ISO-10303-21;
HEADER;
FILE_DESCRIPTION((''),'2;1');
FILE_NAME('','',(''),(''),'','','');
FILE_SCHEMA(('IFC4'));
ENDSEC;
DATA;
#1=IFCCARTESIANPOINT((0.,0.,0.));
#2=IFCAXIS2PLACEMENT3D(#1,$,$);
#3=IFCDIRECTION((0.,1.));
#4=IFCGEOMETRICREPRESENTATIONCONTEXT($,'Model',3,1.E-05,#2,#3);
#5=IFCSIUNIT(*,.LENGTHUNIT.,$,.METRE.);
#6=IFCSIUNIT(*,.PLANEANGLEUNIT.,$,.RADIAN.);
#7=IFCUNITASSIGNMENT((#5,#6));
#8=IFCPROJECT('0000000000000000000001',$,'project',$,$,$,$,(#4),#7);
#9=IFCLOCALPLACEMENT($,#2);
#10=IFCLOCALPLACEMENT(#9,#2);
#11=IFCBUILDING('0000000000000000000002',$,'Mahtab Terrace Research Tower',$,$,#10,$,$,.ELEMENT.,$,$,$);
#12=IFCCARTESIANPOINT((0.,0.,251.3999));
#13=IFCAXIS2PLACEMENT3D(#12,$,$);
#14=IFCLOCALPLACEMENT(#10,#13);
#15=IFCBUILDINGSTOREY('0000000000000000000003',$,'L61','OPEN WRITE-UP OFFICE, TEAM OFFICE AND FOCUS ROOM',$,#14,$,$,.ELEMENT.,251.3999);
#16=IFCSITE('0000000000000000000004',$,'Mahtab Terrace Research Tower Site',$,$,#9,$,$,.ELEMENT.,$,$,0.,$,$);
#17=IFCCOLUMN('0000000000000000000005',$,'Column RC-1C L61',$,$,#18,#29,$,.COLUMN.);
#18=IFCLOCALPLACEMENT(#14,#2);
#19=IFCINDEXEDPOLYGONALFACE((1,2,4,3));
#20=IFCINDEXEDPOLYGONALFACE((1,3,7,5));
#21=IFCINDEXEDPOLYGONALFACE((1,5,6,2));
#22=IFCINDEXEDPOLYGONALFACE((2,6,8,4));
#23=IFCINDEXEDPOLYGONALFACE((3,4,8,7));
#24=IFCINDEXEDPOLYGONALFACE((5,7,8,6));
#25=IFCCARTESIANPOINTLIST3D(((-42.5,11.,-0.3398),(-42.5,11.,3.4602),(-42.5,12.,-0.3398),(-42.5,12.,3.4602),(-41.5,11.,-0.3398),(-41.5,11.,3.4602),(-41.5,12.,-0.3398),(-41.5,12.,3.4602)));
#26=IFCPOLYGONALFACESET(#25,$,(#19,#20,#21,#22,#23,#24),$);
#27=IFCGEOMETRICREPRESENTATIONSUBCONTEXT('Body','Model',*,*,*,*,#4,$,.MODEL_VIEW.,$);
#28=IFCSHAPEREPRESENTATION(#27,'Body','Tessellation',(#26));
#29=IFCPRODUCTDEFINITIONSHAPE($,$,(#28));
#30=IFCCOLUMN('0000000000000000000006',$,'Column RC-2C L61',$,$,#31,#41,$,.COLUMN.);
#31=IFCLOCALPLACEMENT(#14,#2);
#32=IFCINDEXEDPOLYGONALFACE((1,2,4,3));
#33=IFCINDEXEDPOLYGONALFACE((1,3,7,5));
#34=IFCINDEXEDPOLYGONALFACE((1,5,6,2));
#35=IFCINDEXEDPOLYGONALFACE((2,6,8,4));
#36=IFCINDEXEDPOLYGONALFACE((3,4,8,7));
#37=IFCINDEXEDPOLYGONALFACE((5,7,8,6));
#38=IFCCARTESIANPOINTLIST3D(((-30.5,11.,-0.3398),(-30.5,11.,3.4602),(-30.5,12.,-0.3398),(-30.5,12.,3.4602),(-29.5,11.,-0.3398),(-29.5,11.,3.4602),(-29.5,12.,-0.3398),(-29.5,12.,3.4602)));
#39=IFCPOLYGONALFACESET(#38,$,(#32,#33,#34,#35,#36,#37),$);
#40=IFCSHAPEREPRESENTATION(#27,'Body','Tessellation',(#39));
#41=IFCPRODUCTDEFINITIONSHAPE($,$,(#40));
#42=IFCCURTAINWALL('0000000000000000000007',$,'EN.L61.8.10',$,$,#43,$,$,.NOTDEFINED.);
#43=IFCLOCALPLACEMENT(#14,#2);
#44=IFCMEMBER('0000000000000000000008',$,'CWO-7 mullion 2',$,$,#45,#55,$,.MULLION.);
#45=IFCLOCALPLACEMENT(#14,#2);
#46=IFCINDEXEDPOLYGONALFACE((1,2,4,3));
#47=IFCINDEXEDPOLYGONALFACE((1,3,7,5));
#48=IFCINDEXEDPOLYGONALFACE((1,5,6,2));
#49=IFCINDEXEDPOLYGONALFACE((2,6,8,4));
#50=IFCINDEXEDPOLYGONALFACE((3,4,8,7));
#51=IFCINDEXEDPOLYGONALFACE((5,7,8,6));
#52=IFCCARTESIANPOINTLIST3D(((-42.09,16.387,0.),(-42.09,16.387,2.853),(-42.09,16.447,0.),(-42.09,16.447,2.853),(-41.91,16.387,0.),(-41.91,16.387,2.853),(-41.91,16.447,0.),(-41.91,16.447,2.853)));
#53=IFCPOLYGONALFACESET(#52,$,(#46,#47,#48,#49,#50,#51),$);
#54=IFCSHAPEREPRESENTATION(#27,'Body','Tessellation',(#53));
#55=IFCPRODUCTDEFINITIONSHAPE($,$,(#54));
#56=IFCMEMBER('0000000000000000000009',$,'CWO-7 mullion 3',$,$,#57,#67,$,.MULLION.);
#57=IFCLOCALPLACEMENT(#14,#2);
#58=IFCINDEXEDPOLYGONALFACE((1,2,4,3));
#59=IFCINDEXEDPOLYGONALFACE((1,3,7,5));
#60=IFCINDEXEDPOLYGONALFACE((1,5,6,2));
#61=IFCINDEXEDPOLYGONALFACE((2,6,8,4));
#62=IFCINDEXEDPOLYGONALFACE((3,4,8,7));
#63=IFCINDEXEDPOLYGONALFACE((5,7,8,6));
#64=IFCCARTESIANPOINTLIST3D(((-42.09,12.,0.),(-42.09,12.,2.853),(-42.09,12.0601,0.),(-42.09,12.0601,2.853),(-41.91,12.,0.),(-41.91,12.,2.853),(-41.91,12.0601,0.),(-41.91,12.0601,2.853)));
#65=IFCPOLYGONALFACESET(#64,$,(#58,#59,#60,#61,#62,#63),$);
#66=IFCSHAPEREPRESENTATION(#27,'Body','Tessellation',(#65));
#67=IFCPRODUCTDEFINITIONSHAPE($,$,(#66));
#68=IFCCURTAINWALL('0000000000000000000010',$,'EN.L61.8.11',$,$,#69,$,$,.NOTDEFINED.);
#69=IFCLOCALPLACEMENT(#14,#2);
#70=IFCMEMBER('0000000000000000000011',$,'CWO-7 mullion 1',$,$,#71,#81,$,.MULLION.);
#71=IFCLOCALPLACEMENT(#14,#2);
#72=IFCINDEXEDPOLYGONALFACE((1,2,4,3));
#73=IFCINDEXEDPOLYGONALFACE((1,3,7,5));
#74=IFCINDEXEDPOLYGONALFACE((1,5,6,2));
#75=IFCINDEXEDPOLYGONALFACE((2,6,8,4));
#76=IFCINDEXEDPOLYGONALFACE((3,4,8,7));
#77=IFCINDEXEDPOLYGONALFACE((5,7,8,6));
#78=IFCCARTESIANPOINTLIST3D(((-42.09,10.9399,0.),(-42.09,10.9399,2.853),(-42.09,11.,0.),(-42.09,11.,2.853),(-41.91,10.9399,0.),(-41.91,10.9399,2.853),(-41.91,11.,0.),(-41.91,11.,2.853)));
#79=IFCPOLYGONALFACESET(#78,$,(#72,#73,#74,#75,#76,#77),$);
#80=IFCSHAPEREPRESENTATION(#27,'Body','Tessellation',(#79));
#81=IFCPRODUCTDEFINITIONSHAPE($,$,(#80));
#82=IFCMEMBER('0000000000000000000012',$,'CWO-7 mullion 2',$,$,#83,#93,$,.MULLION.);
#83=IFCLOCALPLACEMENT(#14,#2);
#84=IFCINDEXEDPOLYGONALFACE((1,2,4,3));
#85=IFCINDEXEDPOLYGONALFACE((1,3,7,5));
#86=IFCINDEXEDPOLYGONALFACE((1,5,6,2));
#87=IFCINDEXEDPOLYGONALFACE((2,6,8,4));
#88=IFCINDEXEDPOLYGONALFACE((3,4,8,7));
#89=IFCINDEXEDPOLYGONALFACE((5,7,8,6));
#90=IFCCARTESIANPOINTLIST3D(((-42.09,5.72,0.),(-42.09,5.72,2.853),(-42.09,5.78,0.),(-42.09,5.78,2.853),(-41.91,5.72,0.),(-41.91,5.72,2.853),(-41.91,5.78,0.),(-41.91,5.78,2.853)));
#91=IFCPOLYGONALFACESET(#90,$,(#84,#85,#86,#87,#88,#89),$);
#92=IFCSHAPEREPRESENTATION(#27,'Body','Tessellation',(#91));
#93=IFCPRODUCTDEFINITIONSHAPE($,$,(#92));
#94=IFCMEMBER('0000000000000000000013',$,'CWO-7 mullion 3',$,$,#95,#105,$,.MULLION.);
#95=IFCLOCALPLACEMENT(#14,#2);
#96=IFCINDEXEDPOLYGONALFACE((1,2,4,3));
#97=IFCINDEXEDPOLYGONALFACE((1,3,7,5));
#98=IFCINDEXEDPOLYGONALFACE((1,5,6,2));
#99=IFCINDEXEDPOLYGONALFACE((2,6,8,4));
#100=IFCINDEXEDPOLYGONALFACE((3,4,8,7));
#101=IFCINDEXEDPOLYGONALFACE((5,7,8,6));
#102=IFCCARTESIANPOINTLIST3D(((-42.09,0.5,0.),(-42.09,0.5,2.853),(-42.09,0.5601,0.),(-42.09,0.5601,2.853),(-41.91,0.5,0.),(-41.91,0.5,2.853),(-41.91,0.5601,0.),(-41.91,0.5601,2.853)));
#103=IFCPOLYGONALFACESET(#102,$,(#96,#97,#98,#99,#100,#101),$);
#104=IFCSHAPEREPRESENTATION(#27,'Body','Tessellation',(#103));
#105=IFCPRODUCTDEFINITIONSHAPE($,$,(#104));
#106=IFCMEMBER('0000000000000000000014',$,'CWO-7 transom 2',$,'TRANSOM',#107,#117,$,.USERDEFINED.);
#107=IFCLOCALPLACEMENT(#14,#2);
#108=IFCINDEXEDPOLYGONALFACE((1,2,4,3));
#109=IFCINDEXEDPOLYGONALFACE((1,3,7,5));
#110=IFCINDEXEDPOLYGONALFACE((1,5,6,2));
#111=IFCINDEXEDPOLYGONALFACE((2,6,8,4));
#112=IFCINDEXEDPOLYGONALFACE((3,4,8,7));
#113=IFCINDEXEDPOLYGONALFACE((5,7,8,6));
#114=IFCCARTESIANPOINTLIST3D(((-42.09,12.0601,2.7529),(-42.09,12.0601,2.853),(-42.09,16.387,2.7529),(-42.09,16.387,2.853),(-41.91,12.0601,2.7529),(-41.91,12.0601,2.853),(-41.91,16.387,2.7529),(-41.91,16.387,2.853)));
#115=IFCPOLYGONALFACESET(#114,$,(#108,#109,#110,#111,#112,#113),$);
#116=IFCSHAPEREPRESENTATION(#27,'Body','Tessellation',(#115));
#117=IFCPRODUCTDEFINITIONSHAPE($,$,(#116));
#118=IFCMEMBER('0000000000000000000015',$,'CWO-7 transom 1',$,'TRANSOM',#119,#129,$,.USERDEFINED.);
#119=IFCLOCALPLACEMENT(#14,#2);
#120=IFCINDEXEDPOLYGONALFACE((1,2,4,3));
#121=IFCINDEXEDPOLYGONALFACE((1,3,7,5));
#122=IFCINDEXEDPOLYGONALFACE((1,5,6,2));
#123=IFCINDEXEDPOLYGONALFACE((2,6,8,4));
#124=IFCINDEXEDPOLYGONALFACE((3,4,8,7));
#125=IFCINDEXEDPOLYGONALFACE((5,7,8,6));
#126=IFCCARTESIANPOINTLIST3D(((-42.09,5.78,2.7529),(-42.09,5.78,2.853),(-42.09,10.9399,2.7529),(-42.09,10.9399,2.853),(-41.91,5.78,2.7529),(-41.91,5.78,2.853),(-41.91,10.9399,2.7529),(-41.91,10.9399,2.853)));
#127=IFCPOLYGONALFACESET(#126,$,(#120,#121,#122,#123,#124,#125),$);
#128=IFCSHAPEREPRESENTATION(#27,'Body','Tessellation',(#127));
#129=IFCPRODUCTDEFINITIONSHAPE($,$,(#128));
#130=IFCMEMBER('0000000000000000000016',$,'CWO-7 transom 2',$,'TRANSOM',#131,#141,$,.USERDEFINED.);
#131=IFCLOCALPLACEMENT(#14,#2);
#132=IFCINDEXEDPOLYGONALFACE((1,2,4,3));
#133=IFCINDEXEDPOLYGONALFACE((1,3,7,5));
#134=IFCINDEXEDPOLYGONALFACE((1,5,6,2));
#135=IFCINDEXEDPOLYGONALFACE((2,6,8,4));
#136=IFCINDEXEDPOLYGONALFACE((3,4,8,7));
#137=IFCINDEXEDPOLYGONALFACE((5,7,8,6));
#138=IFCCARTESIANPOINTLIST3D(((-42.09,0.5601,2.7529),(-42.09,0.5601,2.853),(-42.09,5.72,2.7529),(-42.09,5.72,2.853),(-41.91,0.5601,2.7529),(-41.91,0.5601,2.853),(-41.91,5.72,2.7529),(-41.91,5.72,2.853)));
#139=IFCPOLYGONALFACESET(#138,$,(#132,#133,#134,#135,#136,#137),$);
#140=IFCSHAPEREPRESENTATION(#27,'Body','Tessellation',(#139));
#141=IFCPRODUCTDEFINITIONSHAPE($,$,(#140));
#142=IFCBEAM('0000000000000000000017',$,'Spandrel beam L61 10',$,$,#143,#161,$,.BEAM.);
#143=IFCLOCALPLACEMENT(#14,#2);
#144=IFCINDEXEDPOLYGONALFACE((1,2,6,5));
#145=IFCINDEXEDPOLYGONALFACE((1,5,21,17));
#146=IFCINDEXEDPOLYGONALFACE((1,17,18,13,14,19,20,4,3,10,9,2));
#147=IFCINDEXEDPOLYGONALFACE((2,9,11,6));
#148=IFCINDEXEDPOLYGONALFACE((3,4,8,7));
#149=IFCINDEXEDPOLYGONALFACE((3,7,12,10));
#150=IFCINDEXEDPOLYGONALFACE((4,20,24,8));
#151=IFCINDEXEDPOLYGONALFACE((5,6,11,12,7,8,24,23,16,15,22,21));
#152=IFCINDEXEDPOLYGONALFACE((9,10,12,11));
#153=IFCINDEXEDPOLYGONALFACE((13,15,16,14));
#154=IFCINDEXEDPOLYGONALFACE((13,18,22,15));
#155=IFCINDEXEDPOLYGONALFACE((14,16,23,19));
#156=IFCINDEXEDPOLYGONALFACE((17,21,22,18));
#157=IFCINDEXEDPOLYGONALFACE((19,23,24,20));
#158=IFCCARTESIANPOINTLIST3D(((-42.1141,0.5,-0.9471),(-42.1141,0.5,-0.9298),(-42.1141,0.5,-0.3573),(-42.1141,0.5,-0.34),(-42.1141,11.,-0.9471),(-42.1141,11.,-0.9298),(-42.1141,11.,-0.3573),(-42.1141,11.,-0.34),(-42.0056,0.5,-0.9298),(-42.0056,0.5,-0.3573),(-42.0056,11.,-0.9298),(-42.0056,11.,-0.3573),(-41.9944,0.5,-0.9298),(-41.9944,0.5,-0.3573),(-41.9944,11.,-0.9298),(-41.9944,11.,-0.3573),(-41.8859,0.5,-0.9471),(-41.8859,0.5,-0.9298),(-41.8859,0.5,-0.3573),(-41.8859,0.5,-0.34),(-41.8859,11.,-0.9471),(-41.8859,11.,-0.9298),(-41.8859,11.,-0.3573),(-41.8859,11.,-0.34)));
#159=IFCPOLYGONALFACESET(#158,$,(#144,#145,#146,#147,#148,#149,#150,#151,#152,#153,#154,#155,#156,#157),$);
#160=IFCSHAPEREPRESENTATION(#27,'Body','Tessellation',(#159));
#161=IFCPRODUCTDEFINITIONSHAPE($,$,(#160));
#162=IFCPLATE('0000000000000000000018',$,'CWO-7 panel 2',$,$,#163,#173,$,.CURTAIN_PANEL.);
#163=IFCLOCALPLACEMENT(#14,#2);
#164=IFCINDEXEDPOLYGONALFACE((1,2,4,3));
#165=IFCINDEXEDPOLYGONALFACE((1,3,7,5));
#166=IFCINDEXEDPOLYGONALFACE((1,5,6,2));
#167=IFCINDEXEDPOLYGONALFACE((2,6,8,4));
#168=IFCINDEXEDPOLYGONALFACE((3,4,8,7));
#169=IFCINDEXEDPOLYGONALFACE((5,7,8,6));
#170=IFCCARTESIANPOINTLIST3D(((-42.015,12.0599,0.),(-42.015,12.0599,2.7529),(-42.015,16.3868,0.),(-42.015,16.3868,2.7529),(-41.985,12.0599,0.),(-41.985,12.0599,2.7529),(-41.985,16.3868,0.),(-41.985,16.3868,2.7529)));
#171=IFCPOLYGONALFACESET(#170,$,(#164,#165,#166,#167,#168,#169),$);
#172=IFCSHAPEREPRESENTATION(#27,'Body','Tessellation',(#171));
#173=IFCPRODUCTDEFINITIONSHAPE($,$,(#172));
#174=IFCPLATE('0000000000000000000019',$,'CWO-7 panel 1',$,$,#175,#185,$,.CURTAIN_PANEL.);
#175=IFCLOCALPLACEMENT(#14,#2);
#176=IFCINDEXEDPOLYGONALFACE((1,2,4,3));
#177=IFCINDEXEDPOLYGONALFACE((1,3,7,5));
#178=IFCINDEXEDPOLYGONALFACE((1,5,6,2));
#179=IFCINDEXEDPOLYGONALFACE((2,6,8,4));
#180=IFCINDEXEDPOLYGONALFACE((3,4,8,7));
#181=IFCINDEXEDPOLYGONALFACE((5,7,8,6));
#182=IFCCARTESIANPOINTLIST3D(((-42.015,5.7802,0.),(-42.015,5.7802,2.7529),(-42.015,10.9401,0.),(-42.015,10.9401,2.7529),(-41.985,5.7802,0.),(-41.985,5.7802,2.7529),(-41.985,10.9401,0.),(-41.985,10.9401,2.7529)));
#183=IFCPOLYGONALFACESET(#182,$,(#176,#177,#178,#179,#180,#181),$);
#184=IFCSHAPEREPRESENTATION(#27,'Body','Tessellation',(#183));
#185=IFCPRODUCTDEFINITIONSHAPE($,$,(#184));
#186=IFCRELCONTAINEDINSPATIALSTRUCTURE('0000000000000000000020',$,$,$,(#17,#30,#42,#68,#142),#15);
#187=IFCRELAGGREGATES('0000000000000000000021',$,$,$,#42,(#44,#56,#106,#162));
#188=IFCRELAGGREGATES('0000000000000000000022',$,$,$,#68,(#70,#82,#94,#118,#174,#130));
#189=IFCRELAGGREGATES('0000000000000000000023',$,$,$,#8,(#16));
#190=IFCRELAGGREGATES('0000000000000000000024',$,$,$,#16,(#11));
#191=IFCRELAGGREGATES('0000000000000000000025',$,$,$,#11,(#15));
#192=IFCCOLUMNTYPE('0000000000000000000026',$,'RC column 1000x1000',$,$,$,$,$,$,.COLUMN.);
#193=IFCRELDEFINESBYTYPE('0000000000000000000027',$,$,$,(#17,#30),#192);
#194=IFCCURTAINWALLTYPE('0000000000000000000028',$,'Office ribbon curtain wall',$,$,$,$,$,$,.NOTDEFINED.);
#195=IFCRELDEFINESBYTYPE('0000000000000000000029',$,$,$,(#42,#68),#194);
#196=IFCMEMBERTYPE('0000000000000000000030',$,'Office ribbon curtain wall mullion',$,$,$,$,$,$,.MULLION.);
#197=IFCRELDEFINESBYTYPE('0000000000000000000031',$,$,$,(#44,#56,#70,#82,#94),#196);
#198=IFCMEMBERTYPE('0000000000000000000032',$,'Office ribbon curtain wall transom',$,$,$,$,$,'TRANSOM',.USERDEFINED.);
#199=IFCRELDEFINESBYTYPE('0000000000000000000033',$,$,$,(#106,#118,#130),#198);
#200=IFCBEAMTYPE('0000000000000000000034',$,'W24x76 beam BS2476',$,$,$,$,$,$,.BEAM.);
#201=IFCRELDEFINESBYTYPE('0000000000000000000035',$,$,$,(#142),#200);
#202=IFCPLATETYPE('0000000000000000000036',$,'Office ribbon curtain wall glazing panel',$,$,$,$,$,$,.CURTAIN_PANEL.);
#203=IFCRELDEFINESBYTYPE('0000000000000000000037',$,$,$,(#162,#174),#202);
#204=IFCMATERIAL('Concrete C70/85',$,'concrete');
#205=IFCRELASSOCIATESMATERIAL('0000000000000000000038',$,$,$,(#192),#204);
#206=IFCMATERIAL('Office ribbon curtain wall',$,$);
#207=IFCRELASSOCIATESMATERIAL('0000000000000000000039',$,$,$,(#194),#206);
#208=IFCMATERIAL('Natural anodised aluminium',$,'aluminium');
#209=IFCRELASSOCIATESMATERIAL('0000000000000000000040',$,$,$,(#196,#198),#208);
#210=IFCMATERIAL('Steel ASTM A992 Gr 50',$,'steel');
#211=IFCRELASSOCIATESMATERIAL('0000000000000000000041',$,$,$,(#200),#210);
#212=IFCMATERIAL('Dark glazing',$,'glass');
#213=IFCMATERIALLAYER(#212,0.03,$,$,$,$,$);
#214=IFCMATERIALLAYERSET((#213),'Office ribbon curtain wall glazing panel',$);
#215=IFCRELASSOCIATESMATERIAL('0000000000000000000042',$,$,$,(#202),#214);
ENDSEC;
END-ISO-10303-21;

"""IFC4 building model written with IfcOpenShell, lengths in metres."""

from ifc_helpers import new_model, si_unit, direction, frame, origin, origin_2d, place, context, subcontext, project, spatial, rectangle, i_section, extrude, material, layer, layer_set, material_profile, profile_set, type_object, element, aggregate, save


model = new_model("IFC4")

# Units and contexts
model_context = context("Model", 3, precision=1e-05, world=origin(), true_north=direction((0.0, 1.0)))
body_context = subcontext(model_context, "Body", "Model", "MODEL_VIEW")
ifc_project = project(units=[si_unit("LENGTHUNIT", "METRE"), si_unit("PLANEANGLEUNIT", "RADIAN")], contexts=[model_context])

# Site, building, storey
site_placement = place(None, origin())
site = spatial("IfcSite", under=ifc_project, at=site_placement, Name="Mahtab Terrace Research Tower Site", CompositionType="ELEMENT", RefElevation=0.0)
building_placement = place(site_placement, origin())
building = spatial("IfcBuilding", under=site, at=building_placement, Name="Mahtab Terrace Research Tower", CompositionType="ELEMENT")
storey_placement = place(building_placement, frame((0.0, 0.0, 251.3999)))
storey = spatial("IfcBuildingStorey", under=building, at=storey_placement, Name="L61", Description="OPEN WRITE-UP OFFICE, TEAM OFFICE AND FOCUS ROOM", CompositionType="ELEMENT", Elevation=251.3999)

# Columns
ifc_material_1 = material(Name="Concrete C70/85", Category="concrete")
ifc_material_profile_1 = material_profile(ifc_material_1, rectangle(XDim=1.0, YDim=1.0, at=origin_2d()), Name="RC column 1000x1000")
ifc_profile_set_1 = profile_set([ifc_material_profile_1], Name="Concrete C70/85")
column_type = type_object("IfcColumnType", Name="RC column 1000x1000", PredefinedType="COLUMN", material=ifc_profile_set_1)
for number, where, z_axis, x_axis, name in (
    (1, (-42.0, 11.5, -0.3398), (0.0, 0.0, 1.0), (1.0, 0.0, 0.0), "Column RC-1C L61"),
    (2, (-30.0, 11.5, -0.3398), (0.0, 0.0, 1.0), (1.0, 0.0, 0.0), "Column RC-2C L61"),
):
    element("IfcColumn", number, at=place(storey_placement, frame(where, z_axis=z_axis, x_axis=x_axis)), inside=storey, type_object=column_type, Name=name, PredefinedType="COLUMN", context=body_context, shape_type="SweptSolid", body=[
        extrude(rectangle(XDim=1.0, YDim=1.0, at=origin_2d()), origin(), (0.0, 0.0, 1.0), 3.8),
    ])

# Curtain walls, members
ifc_material_2 = material(Name="Office ribbon curtain wall")
curtain_wall_type = type_object("IfcCurtainWallType", Name="Office ribbon curtain wall", PredefinedType="NOTDEFINED", material=ifc_material_2)
curtain_wall_1_placement = place(storey_placement, origin())
curtain_wall_1 = element("IfcCurtainWall", 3, at=curtain_wall_1_placement, inside=storey, type_object=curtain_wall_type, Name="EN.L61.8.10", PredefinedType="NOTDEFINED")
ifc_material_3 = material(Name="Natural anodised aluminium", Category="aluminium")
ifc_material_profile_2 = material_profile(ifc_material_3, rectangle(XDim=0.1799, YDim=0.0601, at=origin_2d()), Name="MULLION 60x180")
ifc_profile_set_2 = profile_set([ifc_material_profile_2], Name="Natural anodised aluminium")
member_type_1 = type_object("IfcMemberType", Name="Office ribbon curtain wall mullion", PredefinedType="MULLION", material=ifc_profile_set_2)
member_1_placement = place(storey_placement, frame((-42.0, 16.417, 0.0), z_axis=(0.0, 0.0, 1.0), x_axis=(1.0, 0.0, 0.0)))
member_1 = element("IfcMember", 4, at=member_1_placement, type_object=member_type_1, Name="CWO-7 mullion 2", PredefinedType="MULLION", context=body_context, shape_type="SweptSolid", body=[
    extrude(rectangle(XDim=0.1799, YDim=0.0601, at=origin_2d()), origin(), (0.0, 0.0, 1.0), 2.853),
])
member_2_placement = place(storey_placement, frame((-42.0, 12.03, 0.0), z_axis=(0.0, 0.0, 1.0), x_axis=(1.0, 0.0, 0.0)))
member_2 = element("IfcMember", 5, at=member_2_placement, type_object=member_type_1, Name="CWO-7 mullion 3", PredefinedType="MULLION", context=body_context, shape_type="SweptSolid", body=[
    extrude(rectangle(XDim=0.1799, YDim=0.0601, at=origin_2d()), origin(), (0.0, 0.0, 1.0), 2.853),
])
curtain_wall_2_placement = place(storey_placement, origin())
curtain_wall_2 = element("IfcCurtainWall", 6, at=curtain_wall_2_placement, inside=storey, type_object=curtain_wall_type, Name="EN.L61.8.11", PredefinedType="NOTDEFINED")
member_3_placement = place(storey_placement, frame((-42.0, 10.97, 0.0), z_axis=(0.0, 0.0, 1.0), x_axis=(1.0, 0.0, 0.0)))
member_3 = element("IfcMember", 7, at=member_3_placement, type_object=member_type_1, Name="CWO-7 mullion 1", PredefinedType="MULLION", context=body_context, shape_type="SweptSolid", body=[
    extrude(rectangle(XDim=0.1799, YDim=0.0601, at=origin_2d()), origin(), (0.0, 0.0, 1.0), 2.853),
])
member_4_placement = place(storey_placement, frame((-42.0, 5.75, 0.0), z_axis=(0.0, 0.0, 1.0), x_axis=(1.0, 0.0, 0.0)))
member_4 = element("IfcMember", 8, at=member_4_placement, type_object=member_type_1, Name="CWO-7 mullion 2", PredefinedType="MULLION", context=body_context, shape_type="SweptSolid", body=[
    extrude(rectangle(XDim=0.1799, YDim=0.0601, at=origin_2d()), origin(), (0.0, 0.0, 1.0), 2.853),
])
member_5_placement = place(storey_placement, frame((-42.0, 0.53, 0.0), z_axis=(0.0, 0.0, 1.0), x_axis=(1.0, 0.0, 0.0)))
member_5 = element("IfcMember", 9, at=member_5_placement, type_object=member_type_1, Name="CWO-7 mullion 3", PredefinedType="MULLION", context=body_context, shape_type="SweptSolid", body=[
    extrude(rectangle(XDim=0.1799, YDim=0.0601, at=origin_2d()), origin(), (0.0, 0.0, 1.0), 2.853),
])

# Members
ifc_material_profile_3 = material_profile(ifc_material_3, rectangle(XDim=0.1799, YDim=0.1001, at=origin_2d()), Name="TRANSOM 100x180")
ifc_profile_set_3 = profile_set([ifc_material_profile_3], Name="Natural anodised aluminium")
member_type_2 = type_object("IfcMemberType", Name="Office ribbon curtain wall transom", ElementType="TRANSOM", PredefinedType="USERDEFINED", material=ifc_profile_set_3)
member_6_placement = place(storey_placement, frame((-42.0, 16.387, 2.803), z_axis=(0.0, -1.0, 0.0), x_axis=(1.0, 0.0, 0.0)))
member_6 = element("IfcMember", 10, at=member_6_placement, type_object=member_type_2, Name="CWO-7 transom 2", ObjectType="TRANSOM", PredefinedType="USERDEFINED", context=body_context, shape_type="SweptSolid", body=[
    extrude(rectangle(XDim=0.1799, YDim=0.1001, at=origin_2d()), origin(), (0.0, 0.0, 1.0), 4.3269),
])
member_7_placement = place(storey_placement, frame((-42.0, 10.9399, 2.803), z_axis=(0.0, -1.0, 0.0), x_axis=(1.0, 0.0, 0.0)))
member_7 = element("IfcMember", 11, at=member_7_placement, type_object=member_type_2, Name="CWO-7 transom 1", ObjectType="TRANSOM", PredefinedType="USERDEFINED", context=body_context, shape_type="SweptSolid", body=[
    extrude(rectangle(XDim=0.1799, YDim=0.1001, at=origin_2d()), origin(), (0.0, 0.0, 1.0), 5.1599),
])
member_8_placement = place(storey_placement, frame((-42.0, 5.72, 2.803), z_axis=(0.0, -1.0, 0.0), x_axis=(1.0, 0.0, 0.0)))
member_8 = element("IfcMember", 12, at=member_8_placement, type_object=member_type_2, Name="CWO-7 transom 2", ObjectType="TRANSOM", PredefinedType="USERDEFINED", context=body_context, shape_type="SweptSolid", body=[
    extrude(rectangle(XDim=0.1799, YDim=0.1001, at=origin_2d()), origin(), (0.0, 0.0, 1.0), 5.1599),
])

# Beam
ifc_material_4 = material(Name="Steel ASTM A992 Gr 50", Category="steel")
ifc_material_profile_4 = material_profile(ifc_material_4, i_section(OverallWidth=0.2283, OverallDepth=0.6072, WebThickness=0.0112, FlangeThickness=0.0173, at=origin_2d()), Name="W24X76")
ifc_profile_set_4 = profile_set([ifc_material_profile_4], Name="Steel ASTM A992 Gr 50")
beam_type = type_object("IfcBeamType", Name="W24x76 beam BS2476", PredefinedType="BEAM", material=ifc_profile_set_4)
beam_placement = place(storey_placement, frame((-42.0, 11.0, -0.6436), z_axis=(0.0, -1.0, 0.0), x_axis=(1.0, 0.0, 0.0)))
element("IfcBeam", 13, at=beam_placement, inside=storey, type_object=beam_type, Name="Spandrel beam L61 10", PredefinedType="BEAM", context=body_context, shape_type="SweptSolid", body=[
    extrude(i_section(OverallWidth=0.2283, OverallDepth=0.6072, WebThickness=0.0112, FlangeThickness=0.0173, at=origin_2d()), origin(), (0.0, 0.0, 1.0), 10.5),
])

# Plates
ifc_material_5 = material(Name="Dark glazing", Category="glass")
ifc_layer_1 = layer(ifc_material_5, 0.03)
ifc_layer_set_1 = layer_set([ifc_layer_1], Name="Office ribbon curtain wall glazing panel")
plate_type = type_object("IfcPlateType", Name="Office ribbon curtain wall glazing panel", PredefinedType="CURTAIN_PANEL", material=ifc_layer_set_1)
plate_1_placement = place(storey_placement, frame((-42.0, 14.2234, 0.0), z_axis=(0.0, 0.0, 1.0), x_axis=(0.0, -1.0, 0.0)))
plate_1 = element("IfcPlate", 14, at=plate_1_placement, type_object=plate_type, Name="CWO-7 panel 2", PredefinedType="CURTAIN_PANEL", context=body_context, shape_type="SweptSolid", body=[
    extrude(rectangle(XDim=4.3269, YDim=0.03, at=origin_2d()), origin(), (0.0, 0.0, 1.0), 2.7529),
])
aggregate(curtain_wall_1, [member_1, member_2, member_6, plate_1])
plate_2_placement = place(storey_placement, frame((-42.0, 8.3601, 0.0), z_axis=(0.0, 0.0, 1.0), x_axis=(0.0, -1.0, 0.0)))
plate_2 = element("IfcPlate", 15, at=plate_2_placement, type_object=plate_type, Name="CWO-7 panel 1", PredefinedType="CURTAIN_PANEL", context=body_context, shape_type="SweptSolid", body=[
    extrude(rectangle(XDim=5.1599, YDim=0.03, at=origin_2d()), origin(), (0.0, 0.0, 1.0), 2.7529),
])
aggregate(curtain_wall_2, [member_3, member_4, member_5, member_7, plate_2, member_8])

save(model, "model.ifc")
